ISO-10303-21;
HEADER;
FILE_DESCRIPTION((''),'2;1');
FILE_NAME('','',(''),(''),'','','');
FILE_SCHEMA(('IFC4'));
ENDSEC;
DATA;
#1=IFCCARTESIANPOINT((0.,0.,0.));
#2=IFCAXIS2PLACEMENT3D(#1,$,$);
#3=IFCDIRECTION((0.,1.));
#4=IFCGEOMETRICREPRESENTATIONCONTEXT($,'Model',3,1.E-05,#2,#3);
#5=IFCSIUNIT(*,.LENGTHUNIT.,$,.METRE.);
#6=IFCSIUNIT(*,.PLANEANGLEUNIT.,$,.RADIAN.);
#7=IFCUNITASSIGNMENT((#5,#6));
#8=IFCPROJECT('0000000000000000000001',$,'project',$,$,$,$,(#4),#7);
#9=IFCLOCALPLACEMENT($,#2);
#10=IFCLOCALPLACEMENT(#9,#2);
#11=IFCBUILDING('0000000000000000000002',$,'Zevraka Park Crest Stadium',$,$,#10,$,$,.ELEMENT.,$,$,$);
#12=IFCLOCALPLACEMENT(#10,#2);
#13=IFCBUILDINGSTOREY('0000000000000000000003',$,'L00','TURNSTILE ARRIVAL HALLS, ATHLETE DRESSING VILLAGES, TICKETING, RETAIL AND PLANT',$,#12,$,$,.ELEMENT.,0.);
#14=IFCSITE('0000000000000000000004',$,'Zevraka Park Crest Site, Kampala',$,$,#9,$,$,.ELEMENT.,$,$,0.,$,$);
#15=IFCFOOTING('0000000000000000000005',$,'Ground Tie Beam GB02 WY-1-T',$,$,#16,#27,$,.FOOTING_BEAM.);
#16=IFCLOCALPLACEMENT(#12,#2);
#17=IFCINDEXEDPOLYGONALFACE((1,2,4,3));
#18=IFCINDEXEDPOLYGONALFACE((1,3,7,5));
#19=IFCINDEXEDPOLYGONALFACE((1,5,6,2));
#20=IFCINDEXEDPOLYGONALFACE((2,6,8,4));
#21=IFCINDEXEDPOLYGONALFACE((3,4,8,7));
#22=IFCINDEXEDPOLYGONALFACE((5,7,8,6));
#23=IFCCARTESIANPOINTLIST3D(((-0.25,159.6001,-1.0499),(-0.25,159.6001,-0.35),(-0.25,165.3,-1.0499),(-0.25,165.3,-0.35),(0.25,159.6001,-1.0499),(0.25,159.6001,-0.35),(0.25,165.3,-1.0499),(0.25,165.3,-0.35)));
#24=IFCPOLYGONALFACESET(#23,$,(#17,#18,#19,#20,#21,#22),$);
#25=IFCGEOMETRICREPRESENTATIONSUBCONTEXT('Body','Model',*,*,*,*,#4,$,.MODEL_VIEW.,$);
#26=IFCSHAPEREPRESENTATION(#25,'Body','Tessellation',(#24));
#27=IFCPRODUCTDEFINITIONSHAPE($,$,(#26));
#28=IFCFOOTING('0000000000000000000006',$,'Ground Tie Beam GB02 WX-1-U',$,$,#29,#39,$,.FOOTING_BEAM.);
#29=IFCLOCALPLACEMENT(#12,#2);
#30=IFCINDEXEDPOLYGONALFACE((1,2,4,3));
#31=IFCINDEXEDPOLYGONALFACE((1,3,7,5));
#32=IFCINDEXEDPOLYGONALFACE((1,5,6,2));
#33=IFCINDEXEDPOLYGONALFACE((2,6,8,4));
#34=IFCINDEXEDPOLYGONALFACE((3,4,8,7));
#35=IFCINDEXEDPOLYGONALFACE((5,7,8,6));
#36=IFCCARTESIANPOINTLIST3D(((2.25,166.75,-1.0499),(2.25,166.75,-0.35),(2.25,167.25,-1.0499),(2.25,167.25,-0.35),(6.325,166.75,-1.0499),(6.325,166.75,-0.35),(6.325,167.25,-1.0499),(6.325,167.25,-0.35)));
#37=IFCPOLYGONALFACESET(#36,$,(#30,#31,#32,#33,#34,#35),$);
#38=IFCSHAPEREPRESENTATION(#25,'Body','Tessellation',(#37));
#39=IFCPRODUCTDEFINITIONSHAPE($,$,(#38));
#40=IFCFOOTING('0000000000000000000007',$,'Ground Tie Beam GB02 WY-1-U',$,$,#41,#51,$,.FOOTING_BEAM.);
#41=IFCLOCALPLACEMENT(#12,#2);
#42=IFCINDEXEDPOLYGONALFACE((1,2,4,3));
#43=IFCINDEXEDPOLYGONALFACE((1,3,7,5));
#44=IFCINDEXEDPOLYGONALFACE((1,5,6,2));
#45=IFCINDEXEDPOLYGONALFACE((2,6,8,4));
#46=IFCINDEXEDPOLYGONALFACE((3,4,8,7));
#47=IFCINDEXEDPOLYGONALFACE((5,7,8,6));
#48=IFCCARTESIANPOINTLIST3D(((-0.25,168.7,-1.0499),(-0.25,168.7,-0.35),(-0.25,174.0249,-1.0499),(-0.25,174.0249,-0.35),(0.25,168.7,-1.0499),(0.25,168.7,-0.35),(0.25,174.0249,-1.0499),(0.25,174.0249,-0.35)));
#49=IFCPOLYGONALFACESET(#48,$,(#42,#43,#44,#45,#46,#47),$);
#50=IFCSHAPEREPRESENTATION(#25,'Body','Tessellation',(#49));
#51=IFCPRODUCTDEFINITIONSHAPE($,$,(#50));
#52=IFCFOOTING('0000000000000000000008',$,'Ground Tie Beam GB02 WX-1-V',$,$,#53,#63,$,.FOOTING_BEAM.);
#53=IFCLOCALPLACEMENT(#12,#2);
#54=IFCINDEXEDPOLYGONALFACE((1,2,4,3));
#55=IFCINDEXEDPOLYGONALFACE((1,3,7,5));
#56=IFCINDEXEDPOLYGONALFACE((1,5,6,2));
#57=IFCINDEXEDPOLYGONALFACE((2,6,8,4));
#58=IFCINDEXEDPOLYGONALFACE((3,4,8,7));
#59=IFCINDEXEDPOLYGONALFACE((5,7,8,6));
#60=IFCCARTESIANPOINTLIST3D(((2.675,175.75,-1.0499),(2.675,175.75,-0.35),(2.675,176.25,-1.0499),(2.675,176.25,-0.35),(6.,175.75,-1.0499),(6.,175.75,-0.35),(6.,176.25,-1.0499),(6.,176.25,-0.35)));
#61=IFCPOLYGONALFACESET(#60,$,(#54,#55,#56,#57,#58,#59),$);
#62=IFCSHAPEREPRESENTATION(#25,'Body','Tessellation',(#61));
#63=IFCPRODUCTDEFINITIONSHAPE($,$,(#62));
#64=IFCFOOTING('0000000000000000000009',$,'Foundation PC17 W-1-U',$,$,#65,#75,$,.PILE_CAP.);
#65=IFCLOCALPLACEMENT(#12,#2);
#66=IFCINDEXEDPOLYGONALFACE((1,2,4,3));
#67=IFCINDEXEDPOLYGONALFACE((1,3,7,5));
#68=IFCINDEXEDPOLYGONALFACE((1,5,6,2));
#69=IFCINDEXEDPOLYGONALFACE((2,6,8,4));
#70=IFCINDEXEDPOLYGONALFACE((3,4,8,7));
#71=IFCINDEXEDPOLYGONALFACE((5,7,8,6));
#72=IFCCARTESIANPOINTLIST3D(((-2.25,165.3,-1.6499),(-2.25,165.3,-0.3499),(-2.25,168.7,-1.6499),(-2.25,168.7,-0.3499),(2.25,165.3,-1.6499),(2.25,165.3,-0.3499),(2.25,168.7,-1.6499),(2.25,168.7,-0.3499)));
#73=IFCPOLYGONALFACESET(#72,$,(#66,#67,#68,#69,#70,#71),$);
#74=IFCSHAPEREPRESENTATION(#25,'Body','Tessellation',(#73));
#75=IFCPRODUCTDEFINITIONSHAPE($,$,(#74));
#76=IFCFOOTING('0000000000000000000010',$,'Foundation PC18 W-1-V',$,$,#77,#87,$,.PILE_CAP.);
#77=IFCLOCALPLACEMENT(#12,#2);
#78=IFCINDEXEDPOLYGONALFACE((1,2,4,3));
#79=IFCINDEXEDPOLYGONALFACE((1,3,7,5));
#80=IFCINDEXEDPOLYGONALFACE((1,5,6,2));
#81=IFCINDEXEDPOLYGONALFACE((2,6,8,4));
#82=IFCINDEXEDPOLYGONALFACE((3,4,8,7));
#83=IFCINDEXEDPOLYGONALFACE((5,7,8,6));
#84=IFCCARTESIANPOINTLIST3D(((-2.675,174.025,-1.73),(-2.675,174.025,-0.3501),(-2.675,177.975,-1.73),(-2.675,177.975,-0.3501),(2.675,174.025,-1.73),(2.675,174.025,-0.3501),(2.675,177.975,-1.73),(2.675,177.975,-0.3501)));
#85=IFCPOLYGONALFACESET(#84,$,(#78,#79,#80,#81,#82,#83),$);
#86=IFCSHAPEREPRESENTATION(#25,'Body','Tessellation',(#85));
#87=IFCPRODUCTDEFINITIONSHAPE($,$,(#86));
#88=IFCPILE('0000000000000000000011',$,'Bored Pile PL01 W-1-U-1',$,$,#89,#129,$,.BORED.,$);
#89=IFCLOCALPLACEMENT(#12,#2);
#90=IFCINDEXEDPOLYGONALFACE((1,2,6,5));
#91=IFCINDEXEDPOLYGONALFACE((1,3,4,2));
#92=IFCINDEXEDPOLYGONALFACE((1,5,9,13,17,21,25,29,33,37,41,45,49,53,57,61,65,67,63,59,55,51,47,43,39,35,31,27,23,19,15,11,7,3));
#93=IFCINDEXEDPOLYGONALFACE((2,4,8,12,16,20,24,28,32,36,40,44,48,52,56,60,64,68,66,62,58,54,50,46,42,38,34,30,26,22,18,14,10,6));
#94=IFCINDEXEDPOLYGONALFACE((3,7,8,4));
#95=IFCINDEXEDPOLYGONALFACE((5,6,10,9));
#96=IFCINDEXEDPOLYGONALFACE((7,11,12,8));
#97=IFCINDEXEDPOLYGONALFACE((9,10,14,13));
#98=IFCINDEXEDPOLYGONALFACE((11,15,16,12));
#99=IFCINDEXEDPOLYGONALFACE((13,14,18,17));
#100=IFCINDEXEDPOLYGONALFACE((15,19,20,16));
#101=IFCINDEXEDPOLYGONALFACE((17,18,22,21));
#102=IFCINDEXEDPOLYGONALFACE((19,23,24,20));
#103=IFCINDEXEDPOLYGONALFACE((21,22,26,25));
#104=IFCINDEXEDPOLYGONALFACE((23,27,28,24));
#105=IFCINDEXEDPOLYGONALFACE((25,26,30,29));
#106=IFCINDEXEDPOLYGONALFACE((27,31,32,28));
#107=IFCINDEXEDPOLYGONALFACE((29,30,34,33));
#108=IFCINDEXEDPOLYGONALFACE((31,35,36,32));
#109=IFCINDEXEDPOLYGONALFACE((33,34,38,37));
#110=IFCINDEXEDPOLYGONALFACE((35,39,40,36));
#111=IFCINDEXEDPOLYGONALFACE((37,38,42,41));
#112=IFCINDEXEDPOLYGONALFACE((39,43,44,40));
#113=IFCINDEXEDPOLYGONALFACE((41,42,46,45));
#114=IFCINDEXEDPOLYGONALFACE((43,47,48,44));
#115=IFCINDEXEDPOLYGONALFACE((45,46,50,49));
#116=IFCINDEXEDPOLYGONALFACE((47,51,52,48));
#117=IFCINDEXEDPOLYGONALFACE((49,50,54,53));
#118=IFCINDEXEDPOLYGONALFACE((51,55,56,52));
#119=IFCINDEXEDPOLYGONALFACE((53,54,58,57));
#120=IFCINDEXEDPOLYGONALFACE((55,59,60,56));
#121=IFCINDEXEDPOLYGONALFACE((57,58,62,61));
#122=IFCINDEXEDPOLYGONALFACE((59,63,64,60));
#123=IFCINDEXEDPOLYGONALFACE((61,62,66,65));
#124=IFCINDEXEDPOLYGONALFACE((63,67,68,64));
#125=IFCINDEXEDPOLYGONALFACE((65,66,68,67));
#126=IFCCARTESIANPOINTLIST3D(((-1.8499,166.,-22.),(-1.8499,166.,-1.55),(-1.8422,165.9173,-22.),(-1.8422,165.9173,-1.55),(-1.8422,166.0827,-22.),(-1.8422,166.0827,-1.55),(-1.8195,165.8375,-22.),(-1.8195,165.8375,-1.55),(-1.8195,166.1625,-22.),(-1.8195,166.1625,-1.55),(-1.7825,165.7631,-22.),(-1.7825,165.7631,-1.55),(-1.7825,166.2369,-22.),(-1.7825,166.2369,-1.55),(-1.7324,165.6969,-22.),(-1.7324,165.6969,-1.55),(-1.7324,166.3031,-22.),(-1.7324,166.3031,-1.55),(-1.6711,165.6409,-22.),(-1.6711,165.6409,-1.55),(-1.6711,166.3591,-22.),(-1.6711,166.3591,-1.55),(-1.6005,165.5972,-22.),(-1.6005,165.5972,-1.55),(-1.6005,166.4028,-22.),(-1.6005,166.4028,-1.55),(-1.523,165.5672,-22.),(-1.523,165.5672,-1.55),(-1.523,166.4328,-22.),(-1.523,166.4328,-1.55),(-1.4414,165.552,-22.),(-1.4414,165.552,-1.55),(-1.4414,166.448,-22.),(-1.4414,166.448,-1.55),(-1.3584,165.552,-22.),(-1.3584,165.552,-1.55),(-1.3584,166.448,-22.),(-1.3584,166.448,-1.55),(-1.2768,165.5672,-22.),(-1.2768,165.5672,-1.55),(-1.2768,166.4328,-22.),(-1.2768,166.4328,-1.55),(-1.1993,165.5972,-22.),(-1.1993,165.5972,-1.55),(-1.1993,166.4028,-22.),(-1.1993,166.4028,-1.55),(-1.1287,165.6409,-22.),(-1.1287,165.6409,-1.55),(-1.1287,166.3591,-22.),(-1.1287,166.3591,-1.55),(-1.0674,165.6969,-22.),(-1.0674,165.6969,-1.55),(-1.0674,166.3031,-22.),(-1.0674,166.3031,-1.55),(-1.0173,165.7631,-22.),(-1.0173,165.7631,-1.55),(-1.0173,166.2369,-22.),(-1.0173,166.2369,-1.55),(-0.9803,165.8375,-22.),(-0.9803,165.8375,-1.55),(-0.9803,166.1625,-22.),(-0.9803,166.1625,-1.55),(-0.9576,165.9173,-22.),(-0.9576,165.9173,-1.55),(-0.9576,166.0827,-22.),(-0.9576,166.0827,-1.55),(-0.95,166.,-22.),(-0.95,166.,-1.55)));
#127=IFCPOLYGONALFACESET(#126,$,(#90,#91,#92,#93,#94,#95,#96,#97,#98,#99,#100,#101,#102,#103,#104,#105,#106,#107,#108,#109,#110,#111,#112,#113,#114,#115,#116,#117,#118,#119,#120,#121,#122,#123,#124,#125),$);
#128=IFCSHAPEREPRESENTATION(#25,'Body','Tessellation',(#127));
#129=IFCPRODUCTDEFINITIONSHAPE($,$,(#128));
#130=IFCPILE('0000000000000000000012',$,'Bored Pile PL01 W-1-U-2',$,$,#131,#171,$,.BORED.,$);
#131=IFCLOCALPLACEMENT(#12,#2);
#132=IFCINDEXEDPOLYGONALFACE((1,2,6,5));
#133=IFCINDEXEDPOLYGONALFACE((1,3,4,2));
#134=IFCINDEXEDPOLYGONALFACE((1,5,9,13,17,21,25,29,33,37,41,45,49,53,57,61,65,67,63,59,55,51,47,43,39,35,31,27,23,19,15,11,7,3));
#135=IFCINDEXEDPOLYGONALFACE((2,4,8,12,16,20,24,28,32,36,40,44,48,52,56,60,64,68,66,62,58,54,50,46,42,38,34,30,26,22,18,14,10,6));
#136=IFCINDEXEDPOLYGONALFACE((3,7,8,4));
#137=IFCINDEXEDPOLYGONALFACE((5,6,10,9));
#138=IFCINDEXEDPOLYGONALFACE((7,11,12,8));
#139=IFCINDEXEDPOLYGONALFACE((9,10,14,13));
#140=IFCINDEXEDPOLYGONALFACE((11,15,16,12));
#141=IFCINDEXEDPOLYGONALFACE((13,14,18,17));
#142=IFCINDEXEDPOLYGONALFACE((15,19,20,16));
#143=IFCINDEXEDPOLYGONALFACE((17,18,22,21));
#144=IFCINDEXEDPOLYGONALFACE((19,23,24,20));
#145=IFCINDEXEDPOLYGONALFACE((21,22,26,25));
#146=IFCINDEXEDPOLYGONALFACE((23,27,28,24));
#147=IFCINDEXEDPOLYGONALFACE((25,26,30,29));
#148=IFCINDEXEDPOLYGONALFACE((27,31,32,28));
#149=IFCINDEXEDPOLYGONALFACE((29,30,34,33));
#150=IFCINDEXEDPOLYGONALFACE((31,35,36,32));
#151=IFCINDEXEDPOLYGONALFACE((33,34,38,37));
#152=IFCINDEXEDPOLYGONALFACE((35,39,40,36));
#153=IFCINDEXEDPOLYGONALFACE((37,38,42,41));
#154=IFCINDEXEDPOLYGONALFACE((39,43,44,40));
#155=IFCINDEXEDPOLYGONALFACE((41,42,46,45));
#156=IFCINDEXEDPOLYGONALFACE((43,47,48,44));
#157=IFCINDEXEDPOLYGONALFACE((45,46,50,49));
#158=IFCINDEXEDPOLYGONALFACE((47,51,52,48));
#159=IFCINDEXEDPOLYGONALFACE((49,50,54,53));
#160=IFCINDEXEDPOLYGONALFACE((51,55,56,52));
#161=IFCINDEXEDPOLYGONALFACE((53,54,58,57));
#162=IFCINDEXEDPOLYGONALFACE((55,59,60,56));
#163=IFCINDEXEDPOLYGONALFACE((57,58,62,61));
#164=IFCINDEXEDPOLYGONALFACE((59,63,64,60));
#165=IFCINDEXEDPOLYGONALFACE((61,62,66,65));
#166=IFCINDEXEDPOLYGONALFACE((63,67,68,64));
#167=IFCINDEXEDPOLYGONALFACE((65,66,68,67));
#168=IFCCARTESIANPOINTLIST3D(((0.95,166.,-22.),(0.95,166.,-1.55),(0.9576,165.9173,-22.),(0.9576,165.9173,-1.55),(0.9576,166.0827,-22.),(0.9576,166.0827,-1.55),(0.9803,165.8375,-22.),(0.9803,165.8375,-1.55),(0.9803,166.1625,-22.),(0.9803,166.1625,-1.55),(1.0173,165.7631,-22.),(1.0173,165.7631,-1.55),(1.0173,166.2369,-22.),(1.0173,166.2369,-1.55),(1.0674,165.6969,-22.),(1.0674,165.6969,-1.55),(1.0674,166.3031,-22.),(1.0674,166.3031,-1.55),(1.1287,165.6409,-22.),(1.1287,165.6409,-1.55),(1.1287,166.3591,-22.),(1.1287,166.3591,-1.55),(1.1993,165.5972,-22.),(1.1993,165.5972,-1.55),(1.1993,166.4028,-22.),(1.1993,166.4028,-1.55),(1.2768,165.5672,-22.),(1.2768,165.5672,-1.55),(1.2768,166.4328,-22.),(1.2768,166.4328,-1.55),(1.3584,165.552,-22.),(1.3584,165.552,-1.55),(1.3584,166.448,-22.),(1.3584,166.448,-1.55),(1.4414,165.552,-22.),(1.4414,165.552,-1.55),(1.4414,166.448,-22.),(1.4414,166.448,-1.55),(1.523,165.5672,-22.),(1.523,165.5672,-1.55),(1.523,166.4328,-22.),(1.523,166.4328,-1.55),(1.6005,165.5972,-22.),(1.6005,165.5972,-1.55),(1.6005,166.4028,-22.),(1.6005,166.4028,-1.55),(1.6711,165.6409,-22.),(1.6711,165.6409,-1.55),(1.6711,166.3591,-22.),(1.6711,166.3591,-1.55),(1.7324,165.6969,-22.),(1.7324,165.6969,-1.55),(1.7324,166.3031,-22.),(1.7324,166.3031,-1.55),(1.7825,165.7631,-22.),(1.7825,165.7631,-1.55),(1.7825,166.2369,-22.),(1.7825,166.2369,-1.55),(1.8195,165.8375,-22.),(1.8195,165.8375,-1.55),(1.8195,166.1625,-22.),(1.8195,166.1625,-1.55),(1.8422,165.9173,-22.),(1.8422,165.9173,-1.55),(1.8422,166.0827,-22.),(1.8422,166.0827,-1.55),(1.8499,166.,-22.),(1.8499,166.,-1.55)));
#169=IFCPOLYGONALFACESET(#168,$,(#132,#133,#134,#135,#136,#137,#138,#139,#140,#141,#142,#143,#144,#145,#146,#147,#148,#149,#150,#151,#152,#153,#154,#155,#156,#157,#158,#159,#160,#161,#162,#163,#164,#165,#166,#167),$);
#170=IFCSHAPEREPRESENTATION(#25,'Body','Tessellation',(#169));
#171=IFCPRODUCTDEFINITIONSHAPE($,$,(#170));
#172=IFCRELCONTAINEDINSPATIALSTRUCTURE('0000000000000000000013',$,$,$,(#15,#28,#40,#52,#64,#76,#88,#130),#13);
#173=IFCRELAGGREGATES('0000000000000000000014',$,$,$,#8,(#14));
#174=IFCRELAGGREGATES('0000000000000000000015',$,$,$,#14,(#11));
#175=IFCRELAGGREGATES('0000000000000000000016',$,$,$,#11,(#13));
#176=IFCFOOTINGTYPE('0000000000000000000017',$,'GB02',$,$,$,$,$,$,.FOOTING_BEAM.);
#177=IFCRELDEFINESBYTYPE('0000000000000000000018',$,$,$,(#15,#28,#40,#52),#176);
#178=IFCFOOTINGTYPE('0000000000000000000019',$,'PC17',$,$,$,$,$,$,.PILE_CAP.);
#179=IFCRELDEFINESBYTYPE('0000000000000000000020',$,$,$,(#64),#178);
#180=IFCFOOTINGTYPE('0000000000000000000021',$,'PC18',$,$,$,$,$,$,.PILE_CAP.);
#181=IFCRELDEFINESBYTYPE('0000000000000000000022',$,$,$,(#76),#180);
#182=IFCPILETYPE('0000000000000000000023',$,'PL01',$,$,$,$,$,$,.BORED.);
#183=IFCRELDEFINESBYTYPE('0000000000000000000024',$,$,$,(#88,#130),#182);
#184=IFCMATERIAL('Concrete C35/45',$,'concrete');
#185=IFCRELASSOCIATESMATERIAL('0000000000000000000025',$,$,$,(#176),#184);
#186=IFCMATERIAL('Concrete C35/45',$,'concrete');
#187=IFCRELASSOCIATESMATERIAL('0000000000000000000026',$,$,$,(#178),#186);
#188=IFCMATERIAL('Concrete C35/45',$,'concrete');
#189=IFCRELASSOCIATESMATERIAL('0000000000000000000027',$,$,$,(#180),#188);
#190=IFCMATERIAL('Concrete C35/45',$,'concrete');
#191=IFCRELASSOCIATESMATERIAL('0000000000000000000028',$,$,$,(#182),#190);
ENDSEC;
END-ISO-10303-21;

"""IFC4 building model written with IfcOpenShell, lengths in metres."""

from ifc_helpers import new_model, si_unit, direction, frame, origin, origin_2d, place, context, subcontext, project, spatial, rectangle, circle, extrude, material, material_profile, profile_set, type_object, element, save


model = new_model("IFC4")

# Units and contexts
model_context = context("Model", 3, precision=1e-05, world=origin(), true_north=direction((0.0, 1.0)))
body_context = subcontext(model_context, "Body", "Model", "MODEL_VIEW")
ifc_project = project(units=[si_unit("LENGTHUNIT", "METRE"), si_unit("PLANEANGLEUNIT", "RADIAN")], contexts=[model_context])

# Site, building, storey
site_placement = place(None, origin())
site = spatial("IfcSite", under=ifc_project, at=site_placement, Name="Zevraka Park Crest Site, Kampala", CompositionType="ELEMENT", RefElevation=0.0)
building_placement = place(site_placement, origin())
building = spatial("IfcBuilding", under=site, at=building_placement, Name="Zevraka Park Crest Stadium", CompositionType="ELEMENT")
storey_placement = place(building_placement, origin())
storey = spatial("IfcBuildingStorey", under=building, at=storey_placement, Name="L00", Description="TURNSTILE ARRIVAL HALLS, ATHLETE DRESSING VILLAGES, TICKETING, RETAIL AND PLANT", CompositionType="ELEMENT", Elevation=0.0)

# Footings
ifc_material_1 = material(Name="Concrete C35/45", Category="concrete")
ifc_material_profile_1 = material_profile(ifc_material_1, rectangle(XDim=0.5, YDim=0.7, at=origin_2d()), Name="GB 700x500")
ifc_profile_set_1 = profile_set([ifc_material_profile_1], Name="Concrete C35/45")
footing_type_1 = type_object("IfcFootingType", Name="GB02", PredefinedType="FOOTING_BEAM", material=ifc_profile_set_1)
footing_1_placement = place(storey_placement, frame((0.0, 159.6001, -0.7), z_axis=(0.0, 1.0, 0.0), x_axis=(-1.0, 0.0, 0.0)))
element("IfcFooting", 1, at=footing_1_placement, inside=storey, type_object=footing_type_1, Name="Ground Tie Beam GB02 WY-1-T", PredefinedType="FOOTING_BEAM", context=body_context, shape_type="SweptSolid", body=[
    extrude(rectangle(XDim=0.5, YDim=0.7, at=origin_2d()), origin(), (0.0, 0.0, 1.0), 5.7),
])
footing_2_placement = place(storey_placement, frame((2.25, 167.0, -0.7), z_axis=(1.0, 0.0, 0.0), x_axis=(0.0, 1.0, 0.0)))
element("IfcFooting", 2, at=footing_2_placement, inside=storey, type_object=footing_type_1, Name="Ground Tie Beam GB02 WX-1-U", PredefinedType="FOOTING_BEAM", context=body_context, shape_type="SweptSolid", body=[
    extrude(rectangle(XDim=0.5, YDim=0.7, at=origin_2d()), origin(), (0.0, 0.0, 1.0), 4.075),
])
footing_3_placement = place(storey_placement, frame((0.0, 168.7, -0.7), z_axis=(0.0, 1.0, 0.0), x_axis=(-1.0, 0.0, 0.0)))
element("IfcFooting", 3, at=footing_3_placement, inside=storey, type_object=footing_type_1, Name="Ground Tie Beam GB02 WY-1-U", PredefinedType="FOOTING_BEAM", context=body_context, shape_type="SweptSolid", body=[
    extrude(rectangle(XDim=0.5, YDim=0.7, at=origin_2d()), origin(), (0.0, 0.0, 1.0), 5.325),
])
footing_4_placement = place(storey_placement, frame((2.675, 176.0, -0.7), z_axis=(1.0, 0.0, 0.0), x_axis=(0.0, 1.0, 0.0)))
element("IfcFooting", 4, at=footing_4_placement, inside=storey, type_object=footing_type_1, Name="Ground Tie Beam GB02 WX-1-V", PredefinedType="FOOTING_BEAM", context=body_context, shape_type="SweptSolid", body=[
    extrude(rectangle(XDim=0.5, YDim=0.7, at=origin_2d()), origin(), (0.0, 0.0, 1.0), 3.325),
])
ifc_material_2 = material(Name="Concrete C35/45", Category="concrete")
footing_type_2 = type_object("IfcFootingType", Name="PC17", PredefinedType="PILE_CAP", material=ifc_material_2)
footing_5_placement = place(storey_placement, frame((0.0, 167.0, -1.6499), z_axis=(0.0, 0.0, 1.0), x_axis=(1.0, 0.0, 0.0)))
element("IfcFooting", 5, at=footing_5_placement, inside=storey, type_object=footing_type_2, Name="Foundation PC17 W-1-U", PredefinedType="PILE_CAP", context=body_context, shape_type="SweptSolid", body=[
    extrude(rectangle(XDim=4.5, YDim=3.3999, at=origin_2d()), origin(), (0.0, 0.0, 1.0), 1.3),
])
ifc_material_3 = material(Name="Concrete C35/45", Category="concrete")
footing_type_3 = type_object("IfcFootingType", Name="PC18", PredefinedType="PILE_CAP", material=ifc_material_3)
footing_6_placement = place(storey_placement, frame((0.0, 176.0, -1.73), z_axis=(0.0, 0.0, 1.0), x_axis=(1.0, 0.0, 0.0)))
element("IfcFooting", 6, at=footing_6_placement, inside=storey, type_object=footing_type_3, Name="Foundation PC18 W-1-V", PredefinedType="PILE_CAP", context=body_context, shape_type="SweptSolid", body=[
    extrude(rectangle(XDim=5.3501, YDim=3.95, at=origin_2d()), origin(), (0.0, 0.0, 1.0), 1.3799),
])

# Piles
ifc_material_4 = material(Name="Concrete C35/45", Category="concrete")
ifc_material_profile_2 = material_profile(ifc_material_4, circle(Radius=0.45, at=origin_2d()), Name="PILE D900")
ifc_profile_set_2 = profile_set([ifc_material_profile_2], Name="Concrete C35/45")
pile_type_1 = type_object("IfcPileType", Name="PL01", PredefinedType="BORED", material=ifc_profile_set_2)
for number, where, z_axis, x_axis, name in (
    (7, (-1.3999, 166.0, -1.55), (0.0, 0.0, -1.0), (1.0, 0.0, 0.0), "Bored Pile PL01 W-1-U-1"),
    (8, (1.3999, 166.0, -1.55), (0.0, 0.0, -1.0), (1.0, 0.0, 0.0), "Bored Pile PL01 W-1-U-2"),
):
    element("IfcPile", number, at=place(storey_placement, frame(where, z_axis=z_axis, x_axis=x_axis)), inside=storey, type_object=pile_type_1, Name=name, PredefinedType="BORED", context=body_context, shape_type="SweptSolid", body=[
        extrude(circle(Radius=0.45, at=origin_2d()), origin(), (0.0, 0.0, 1.0), 20.45),
    ])

save(model, "model.ifc")
